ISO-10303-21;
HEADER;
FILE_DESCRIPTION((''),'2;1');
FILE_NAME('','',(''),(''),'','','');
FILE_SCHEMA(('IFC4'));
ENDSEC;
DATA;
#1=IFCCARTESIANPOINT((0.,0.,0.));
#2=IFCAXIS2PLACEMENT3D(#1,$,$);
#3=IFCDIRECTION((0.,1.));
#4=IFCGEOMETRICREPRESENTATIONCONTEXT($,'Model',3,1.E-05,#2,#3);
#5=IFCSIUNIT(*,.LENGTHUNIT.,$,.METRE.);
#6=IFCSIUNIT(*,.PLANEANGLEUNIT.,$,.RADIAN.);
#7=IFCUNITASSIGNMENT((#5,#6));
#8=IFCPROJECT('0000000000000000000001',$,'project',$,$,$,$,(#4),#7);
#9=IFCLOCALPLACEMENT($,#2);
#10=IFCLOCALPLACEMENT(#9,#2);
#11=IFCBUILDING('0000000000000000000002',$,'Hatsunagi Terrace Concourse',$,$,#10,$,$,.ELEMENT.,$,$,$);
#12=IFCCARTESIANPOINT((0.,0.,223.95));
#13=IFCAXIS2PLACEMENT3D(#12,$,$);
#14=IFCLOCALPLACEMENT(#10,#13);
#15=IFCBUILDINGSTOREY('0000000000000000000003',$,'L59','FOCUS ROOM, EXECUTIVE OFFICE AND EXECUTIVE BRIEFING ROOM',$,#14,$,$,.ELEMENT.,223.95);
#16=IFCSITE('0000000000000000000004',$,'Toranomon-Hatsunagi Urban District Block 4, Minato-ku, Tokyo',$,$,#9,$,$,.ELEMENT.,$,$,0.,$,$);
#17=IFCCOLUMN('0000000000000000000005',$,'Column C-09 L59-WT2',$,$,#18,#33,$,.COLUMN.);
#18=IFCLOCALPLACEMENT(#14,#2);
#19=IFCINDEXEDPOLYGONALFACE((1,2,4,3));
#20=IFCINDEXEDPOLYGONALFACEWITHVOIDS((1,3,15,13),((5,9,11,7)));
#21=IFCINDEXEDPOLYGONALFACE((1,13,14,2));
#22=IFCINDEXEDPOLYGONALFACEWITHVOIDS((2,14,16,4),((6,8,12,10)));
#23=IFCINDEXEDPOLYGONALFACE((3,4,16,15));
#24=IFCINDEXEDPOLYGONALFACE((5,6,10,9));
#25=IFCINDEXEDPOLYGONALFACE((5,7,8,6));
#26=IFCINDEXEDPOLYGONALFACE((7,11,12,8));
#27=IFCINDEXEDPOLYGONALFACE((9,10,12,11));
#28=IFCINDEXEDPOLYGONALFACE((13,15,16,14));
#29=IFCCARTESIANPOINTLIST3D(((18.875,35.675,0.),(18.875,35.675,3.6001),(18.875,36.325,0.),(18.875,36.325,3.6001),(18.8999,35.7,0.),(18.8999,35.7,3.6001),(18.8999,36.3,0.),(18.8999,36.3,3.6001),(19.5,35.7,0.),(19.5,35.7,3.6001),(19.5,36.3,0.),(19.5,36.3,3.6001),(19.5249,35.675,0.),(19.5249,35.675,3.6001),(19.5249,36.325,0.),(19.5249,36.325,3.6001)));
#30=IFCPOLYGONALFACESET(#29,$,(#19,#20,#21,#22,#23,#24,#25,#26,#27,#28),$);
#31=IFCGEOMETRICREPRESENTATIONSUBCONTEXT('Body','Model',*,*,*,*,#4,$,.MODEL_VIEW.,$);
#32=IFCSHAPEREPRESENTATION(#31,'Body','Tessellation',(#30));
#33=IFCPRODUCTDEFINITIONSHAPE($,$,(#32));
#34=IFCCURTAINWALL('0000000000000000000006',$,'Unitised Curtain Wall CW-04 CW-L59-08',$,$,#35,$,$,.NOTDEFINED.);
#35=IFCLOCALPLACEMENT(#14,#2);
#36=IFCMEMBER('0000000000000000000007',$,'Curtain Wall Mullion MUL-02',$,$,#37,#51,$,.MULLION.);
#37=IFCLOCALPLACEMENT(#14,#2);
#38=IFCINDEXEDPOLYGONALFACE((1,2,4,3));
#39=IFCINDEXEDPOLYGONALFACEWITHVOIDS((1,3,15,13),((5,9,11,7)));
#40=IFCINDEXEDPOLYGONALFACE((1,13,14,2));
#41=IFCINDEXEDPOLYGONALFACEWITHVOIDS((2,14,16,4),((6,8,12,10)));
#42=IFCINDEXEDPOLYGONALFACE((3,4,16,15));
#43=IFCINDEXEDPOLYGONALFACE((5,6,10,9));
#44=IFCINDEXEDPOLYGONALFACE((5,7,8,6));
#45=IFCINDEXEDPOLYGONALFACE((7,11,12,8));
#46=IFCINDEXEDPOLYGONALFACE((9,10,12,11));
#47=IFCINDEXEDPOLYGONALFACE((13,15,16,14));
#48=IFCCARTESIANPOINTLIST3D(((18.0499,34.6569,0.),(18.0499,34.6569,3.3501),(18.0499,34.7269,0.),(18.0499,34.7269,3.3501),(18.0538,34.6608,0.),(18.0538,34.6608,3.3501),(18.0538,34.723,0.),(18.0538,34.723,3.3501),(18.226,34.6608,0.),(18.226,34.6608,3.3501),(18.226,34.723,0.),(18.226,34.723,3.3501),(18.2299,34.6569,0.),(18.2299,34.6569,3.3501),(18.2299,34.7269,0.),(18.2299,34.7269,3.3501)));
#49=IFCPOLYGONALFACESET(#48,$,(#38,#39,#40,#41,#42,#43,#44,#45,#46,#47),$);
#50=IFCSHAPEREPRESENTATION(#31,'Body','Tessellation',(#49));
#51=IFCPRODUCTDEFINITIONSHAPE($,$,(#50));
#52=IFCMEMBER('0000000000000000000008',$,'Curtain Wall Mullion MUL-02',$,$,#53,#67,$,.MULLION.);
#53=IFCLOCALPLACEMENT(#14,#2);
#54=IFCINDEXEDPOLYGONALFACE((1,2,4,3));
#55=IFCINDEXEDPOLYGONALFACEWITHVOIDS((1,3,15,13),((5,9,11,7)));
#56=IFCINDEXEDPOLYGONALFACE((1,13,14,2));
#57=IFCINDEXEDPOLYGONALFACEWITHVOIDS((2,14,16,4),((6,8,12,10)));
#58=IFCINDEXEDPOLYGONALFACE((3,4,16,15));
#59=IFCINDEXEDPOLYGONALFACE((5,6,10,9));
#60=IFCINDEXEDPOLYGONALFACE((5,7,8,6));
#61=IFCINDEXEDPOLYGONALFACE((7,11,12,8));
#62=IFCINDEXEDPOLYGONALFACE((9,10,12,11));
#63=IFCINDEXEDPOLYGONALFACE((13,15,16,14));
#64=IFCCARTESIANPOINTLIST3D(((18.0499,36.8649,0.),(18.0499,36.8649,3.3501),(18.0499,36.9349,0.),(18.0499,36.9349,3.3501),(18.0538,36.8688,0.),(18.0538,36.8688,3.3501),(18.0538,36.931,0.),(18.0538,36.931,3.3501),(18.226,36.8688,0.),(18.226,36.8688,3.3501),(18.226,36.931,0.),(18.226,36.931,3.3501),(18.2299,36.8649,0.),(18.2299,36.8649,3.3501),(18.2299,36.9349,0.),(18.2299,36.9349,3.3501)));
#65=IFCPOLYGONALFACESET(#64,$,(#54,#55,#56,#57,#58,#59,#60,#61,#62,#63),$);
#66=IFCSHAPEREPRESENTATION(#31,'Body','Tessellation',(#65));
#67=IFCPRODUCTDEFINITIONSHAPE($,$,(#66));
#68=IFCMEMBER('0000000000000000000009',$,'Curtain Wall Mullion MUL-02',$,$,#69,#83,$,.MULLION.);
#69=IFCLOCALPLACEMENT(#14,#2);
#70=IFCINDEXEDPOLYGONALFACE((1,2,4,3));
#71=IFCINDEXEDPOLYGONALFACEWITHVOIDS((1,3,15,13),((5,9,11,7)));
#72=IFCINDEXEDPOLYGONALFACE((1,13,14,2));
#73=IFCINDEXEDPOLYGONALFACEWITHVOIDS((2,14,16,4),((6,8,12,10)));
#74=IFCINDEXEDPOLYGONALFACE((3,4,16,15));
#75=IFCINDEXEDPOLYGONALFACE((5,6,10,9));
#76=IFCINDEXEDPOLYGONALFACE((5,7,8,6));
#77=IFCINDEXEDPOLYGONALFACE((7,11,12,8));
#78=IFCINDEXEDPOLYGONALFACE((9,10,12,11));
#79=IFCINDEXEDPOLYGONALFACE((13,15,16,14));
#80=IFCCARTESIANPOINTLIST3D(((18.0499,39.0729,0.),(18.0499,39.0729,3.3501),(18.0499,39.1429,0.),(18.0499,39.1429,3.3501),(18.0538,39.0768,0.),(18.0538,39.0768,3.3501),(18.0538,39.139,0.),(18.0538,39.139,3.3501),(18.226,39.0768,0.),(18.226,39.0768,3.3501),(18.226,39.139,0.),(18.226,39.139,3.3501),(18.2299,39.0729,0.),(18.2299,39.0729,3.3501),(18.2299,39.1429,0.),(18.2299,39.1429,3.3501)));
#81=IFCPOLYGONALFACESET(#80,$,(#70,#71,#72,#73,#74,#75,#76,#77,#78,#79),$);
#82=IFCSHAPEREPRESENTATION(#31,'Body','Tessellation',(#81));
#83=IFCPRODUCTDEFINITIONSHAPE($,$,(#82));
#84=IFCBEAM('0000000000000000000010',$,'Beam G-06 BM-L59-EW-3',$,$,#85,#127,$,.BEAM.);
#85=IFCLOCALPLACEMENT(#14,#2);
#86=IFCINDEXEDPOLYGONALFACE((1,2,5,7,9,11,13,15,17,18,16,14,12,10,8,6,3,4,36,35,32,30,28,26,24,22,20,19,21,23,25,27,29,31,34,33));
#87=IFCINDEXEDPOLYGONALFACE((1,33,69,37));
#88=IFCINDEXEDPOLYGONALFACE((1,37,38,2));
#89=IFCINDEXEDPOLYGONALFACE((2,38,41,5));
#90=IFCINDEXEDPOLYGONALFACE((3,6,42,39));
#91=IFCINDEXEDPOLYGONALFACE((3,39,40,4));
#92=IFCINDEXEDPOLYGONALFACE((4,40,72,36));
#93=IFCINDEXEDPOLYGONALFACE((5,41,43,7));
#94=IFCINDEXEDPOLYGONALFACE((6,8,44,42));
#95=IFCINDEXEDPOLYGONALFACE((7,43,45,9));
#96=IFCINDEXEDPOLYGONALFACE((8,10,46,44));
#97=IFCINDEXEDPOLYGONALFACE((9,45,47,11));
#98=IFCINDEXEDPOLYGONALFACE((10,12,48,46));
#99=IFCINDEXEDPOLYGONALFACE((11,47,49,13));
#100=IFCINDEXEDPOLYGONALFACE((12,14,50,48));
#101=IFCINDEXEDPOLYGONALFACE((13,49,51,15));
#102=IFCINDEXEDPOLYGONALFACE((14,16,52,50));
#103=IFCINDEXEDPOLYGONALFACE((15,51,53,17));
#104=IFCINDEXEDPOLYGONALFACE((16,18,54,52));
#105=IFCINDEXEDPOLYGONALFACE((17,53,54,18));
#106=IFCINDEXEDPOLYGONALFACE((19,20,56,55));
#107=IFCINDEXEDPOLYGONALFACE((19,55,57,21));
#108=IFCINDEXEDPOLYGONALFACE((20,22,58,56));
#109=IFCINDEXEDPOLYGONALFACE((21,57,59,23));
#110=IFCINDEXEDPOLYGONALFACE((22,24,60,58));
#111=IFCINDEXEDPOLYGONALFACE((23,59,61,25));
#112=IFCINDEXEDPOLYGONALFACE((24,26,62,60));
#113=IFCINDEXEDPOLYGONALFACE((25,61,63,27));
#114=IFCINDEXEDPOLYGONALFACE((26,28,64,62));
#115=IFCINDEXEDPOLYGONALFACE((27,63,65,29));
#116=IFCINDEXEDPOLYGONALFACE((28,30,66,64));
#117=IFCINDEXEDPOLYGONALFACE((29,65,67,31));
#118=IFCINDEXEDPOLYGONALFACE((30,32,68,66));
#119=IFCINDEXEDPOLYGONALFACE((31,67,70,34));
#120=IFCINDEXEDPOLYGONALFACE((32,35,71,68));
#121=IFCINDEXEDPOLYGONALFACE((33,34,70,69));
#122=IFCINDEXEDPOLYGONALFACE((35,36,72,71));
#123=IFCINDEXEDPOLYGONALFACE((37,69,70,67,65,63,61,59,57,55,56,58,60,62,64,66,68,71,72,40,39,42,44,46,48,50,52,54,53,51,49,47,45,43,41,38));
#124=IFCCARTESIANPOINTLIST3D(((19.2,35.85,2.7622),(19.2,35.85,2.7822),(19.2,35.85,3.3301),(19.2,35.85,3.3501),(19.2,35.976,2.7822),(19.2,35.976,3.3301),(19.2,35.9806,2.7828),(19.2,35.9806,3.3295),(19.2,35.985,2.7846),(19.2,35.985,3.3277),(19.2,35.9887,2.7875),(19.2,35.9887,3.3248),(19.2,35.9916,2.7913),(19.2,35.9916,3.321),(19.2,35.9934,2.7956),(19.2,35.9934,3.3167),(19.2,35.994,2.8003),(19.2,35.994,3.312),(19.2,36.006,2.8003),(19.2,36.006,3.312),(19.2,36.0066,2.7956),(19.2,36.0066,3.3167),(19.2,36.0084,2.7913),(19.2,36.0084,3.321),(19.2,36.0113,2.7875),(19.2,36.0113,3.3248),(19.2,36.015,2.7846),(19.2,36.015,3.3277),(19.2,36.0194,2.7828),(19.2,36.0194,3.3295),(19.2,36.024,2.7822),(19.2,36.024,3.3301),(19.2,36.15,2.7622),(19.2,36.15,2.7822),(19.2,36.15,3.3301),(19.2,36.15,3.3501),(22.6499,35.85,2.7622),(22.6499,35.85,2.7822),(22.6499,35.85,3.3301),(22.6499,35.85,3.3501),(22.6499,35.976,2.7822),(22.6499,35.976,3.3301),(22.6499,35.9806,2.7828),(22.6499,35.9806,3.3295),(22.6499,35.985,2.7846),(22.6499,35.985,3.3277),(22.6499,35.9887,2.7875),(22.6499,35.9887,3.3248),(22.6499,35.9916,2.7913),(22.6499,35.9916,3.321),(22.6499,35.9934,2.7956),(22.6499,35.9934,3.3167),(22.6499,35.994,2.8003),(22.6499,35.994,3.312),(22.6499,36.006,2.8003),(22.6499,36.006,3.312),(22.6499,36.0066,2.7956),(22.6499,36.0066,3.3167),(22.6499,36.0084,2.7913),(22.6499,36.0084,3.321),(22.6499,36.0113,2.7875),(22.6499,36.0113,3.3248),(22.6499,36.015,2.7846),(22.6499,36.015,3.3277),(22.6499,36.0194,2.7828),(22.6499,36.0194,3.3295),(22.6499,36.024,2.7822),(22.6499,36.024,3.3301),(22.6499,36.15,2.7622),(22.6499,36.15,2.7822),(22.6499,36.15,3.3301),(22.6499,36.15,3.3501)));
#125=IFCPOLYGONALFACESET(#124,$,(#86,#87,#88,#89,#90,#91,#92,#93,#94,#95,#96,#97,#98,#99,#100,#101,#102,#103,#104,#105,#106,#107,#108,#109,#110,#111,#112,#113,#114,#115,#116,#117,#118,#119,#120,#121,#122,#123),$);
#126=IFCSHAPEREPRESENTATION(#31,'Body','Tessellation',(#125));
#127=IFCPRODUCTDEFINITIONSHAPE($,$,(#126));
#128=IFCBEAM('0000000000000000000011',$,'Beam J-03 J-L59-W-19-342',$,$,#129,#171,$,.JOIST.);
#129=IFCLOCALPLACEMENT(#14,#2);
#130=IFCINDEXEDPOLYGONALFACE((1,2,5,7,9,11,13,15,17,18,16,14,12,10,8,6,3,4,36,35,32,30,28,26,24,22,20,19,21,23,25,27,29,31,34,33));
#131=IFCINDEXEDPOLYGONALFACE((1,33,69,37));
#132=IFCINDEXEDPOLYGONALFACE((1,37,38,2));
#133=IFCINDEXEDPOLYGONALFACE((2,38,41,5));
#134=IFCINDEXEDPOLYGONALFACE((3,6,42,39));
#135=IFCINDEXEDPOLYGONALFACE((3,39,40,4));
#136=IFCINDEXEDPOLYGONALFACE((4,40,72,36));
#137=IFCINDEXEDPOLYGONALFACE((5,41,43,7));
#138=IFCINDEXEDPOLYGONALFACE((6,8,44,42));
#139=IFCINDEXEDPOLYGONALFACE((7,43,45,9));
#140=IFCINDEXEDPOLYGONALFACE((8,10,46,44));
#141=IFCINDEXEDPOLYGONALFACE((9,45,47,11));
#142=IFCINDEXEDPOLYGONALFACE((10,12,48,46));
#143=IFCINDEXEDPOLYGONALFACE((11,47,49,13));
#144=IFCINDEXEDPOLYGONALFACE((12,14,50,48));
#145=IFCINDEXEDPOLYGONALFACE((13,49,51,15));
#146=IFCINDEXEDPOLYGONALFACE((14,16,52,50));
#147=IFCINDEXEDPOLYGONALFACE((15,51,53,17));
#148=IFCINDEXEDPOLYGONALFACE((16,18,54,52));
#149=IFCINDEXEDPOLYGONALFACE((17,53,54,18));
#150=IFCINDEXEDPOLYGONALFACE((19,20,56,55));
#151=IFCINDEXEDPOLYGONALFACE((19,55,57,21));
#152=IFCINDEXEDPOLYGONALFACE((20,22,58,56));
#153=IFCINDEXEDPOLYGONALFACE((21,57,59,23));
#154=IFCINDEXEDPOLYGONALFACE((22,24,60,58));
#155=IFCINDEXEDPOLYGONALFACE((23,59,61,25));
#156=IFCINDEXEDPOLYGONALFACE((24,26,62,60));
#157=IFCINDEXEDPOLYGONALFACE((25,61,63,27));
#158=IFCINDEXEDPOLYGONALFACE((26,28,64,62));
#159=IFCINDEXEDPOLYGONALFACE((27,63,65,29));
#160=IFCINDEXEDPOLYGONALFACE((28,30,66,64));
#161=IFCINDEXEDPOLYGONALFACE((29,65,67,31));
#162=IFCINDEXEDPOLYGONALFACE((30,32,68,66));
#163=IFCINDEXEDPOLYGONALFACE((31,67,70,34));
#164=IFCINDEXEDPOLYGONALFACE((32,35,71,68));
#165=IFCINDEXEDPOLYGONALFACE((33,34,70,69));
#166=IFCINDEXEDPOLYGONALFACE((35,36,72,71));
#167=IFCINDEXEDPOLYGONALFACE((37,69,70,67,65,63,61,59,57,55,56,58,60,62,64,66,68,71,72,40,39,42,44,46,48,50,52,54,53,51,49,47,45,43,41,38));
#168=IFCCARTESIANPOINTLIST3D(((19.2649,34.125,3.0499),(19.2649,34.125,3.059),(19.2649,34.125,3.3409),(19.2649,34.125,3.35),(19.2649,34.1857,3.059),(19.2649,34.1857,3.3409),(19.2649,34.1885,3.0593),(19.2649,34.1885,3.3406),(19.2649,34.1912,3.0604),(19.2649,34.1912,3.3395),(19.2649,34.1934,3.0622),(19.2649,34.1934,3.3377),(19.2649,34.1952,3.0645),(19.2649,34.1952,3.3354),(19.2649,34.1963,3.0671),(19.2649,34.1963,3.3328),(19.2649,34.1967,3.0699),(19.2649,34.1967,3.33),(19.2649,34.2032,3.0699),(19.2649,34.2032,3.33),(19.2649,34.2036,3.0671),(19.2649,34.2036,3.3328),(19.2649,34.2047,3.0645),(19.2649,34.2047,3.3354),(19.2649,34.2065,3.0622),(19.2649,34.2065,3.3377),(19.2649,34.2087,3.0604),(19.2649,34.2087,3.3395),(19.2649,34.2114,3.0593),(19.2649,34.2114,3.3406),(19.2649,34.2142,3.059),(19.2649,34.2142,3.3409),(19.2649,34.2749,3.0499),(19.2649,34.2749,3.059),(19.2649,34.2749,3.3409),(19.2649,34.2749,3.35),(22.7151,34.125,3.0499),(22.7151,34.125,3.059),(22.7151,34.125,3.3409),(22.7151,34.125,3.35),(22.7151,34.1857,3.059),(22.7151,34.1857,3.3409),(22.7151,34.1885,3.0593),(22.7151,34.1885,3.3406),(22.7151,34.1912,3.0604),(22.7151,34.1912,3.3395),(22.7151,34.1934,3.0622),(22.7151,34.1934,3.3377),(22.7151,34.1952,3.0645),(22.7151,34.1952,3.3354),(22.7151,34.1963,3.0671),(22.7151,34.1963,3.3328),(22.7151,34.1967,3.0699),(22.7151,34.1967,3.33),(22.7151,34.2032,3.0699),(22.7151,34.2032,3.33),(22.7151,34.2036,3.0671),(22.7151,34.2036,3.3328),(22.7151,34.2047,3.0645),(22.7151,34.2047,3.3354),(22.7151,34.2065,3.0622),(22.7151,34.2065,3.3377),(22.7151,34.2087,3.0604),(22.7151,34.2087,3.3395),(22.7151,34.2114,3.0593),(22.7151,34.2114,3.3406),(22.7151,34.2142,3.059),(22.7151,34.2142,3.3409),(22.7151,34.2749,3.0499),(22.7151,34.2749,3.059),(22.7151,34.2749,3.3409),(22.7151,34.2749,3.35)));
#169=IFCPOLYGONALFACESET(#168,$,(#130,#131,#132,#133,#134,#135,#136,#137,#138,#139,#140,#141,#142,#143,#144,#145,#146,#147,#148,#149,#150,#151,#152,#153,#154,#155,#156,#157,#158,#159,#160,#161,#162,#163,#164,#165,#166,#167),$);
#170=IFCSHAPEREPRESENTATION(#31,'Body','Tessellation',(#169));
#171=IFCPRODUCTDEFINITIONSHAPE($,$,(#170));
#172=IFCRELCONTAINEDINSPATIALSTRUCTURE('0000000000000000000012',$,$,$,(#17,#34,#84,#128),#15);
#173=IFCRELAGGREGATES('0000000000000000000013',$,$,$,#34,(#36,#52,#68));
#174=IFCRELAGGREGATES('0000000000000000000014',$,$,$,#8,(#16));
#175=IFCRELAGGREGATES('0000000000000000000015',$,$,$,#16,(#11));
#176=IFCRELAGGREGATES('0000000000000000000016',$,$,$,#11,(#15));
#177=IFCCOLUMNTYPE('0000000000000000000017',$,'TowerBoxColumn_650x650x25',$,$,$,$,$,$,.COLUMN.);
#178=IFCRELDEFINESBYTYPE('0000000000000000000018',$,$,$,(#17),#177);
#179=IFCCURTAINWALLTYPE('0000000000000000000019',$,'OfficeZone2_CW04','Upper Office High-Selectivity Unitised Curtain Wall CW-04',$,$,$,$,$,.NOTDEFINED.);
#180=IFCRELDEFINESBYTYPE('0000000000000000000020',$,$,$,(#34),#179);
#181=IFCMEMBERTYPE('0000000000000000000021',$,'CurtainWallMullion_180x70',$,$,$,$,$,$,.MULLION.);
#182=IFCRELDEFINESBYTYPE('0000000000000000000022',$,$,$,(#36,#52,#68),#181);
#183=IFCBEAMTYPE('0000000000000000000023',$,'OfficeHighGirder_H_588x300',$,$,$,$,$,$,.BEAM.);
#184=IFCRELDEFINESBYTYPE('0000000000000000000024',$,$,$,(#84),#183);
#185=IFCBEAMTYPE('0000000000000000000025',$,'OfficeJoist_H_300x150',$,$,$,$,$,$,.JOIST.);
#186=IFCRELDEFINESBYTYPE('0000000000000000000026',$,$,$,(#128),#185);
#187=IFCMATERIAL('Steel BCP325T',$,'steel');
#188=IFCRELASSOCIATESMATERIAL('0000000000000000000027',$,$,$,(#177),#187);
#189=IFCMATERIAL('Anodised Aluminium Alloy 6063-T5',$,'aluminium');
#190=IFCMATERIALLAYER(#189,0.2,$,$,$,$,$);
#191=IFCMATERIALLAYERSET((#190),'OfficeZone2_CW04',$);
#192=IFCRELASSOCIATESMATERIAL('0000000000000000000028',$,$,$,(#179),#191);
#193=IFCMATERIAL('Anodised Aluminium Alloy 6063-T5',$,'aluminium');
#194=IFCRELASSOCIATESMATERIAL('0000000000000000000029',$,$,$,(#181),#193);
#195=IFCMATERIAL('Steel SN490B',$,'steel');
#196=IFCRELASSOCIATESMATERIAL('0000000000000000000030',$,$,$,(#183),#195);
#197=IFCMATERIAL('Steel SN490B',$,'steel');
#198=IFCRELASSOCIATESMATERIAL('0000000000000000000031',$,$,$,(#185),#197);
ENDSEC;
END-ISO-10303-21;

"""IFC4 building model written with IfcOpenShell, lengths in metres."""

from ifc_helpers import new_model, si_unit, direction, frame, origin, origin_2d, place, context, subcontext, project, spatial, hollow_rectangle, i_section, extrude, material, layer, layer_set, material_profile, profile_set, type_object, element, aggregate, save


model = new_model("IFC4")

# Units and contexts
model_context = context("Model", 3, precision=1e-05, world=origin(), true_north=direction((0.0, 1.0)))
body_context = subcontext(model_context, "Body", "Model", "MODEL_VIEW")
ifc_project = project(units=[si_unit("LENGTHUNIT", "METRE"), si_unit("PLANEANGLEUNIT", "RADIAN")], contexts=[model_context])

# Site, building, storey
site_placement = place(None, origin())
site = spatial("IfcSite", under=ifc_project, at=site_placement, Name="Toranomon-Hatsunagi Urban District Block 4, Minato-ku, Tokyo", CompositionType="ELEMENT", RefElevation=0.0)
building_placement = place(site_placement, origin())
building = spatial("IfcBuilding", under=site, at=building_placement, Name="Hatsunagi Terrace Concourse", CompositionType="ELEMENT")
storey_placement = place(building_placement, frame((0.0, 0.0, 223.95)))
storey = spatial("IfcBuildingStorey", under=building, at=storey_placement, Name="L59", Description="FOCUS ROOM, EXECUTIVE OFFICE AND EXECUTIVE BRIEFING ROOM", CompositionType="ELEMENT", Elevation=223.95)

# Column
ifc_material_1 = material(Name="Steel BCP325T", Category="steel")
ifc_material_profile_1 = material_profile(ifc_material_1, hollow_rectangle(XDim=0.6499, YDim=0.6499, WallThickness=0.0249, at=origin_2d()), Name="BCP-650x650x25")
ifc_profile_set_1 = profile_set([ifc_material_profile_1], Name="Steel BCP325T")
column_type = type_object("IfcColumnType", Name="TowerBoxColumn_650x650x25", PredefinedType="COLUMN", material=ifc_profile_set_1)
column_placement = place(storey_placement, frame((19.2, 36.0, 0.0), z_axis=(0.0, 0.0, 1.0), x_axis=(1.0, 0.0, 0.0)))
element("IfcColumn", 1, at=column_placement, inside=storey, type_object=column_type, Name="Column C-09 L59-WT2", PredefinedType="COLUMN", context=body_context, shape_type="SweptSolid", body=[
    extrude(hollow_rectangle(XDim=0.6499, YDim=0.6499, WallThickness=0.0249, at=origin_2d()), origin(), (0.0, 0.0, 1.0), 3.6001),
])

# Curtain wall, members
ifc_material_2 = material(Name="Anodised Aluminium Alloy 6063-T5", Category="aluminium")
ifc_layer_1 = layer(ifc_material_2, 0.2)
ifc_layer_set_1 = layer_set([ifc_layer_1], Name="OfficeZone2_CW04")
curtain_wall_type = type_object("IfcCurtainWallType", Name="OfficeZone2_CW04", Description="Upper Office High-Selectivity Unitised Curtain Wall CW-04", PredefinedType="NOTDEFINED", material=ifc_layer_set_1)
curtain_wall_placement = place(storey_placement, origin())
curtain_wall = element("IfcCurtainWall", 2, at=curtain_wall_placement, inside=storey, type_object=curtain_wall_type, Name="Unitised Curtain Wall CW-04 CW-L59-08", PredefinedType="NOTDEFINED")
ifc_material_3 = material(Name="Anodised Aluminium Alloy 6063-T5", Category="aluminium")
ifc_material_profile_2 = material_profile(ifc_material_3, hollow_rectangle(XDim=0.0701, YDim=0.1799, WallThickness=0.0039, at=origin_2d()), Name="ALU-MUL-180x70x4")
ifc_profile_set_2 = profile_set([ifc_material_profile_2], Name="Anodised Aluminium Alloy 6063-T5")
member_type = type_object("IfcMemberType", Name="CurtainWallMullion_180x70", PredefinedType="MULLION", material=ifc_profile_set_2)
member_1_placement = place(storey_placement, frame((18.1399, 34.6919, 0.0), z_axis=(0.0, 0.0, 1.0), x_axis=(0.0, 1.0, 0.0)))
member_1 = element("IfcMember", 3, at=member_1_placement, type_object=member_type, Name="Curtain Wall Mullion MUL-02", PredefinedType="MULLION", context=body_context, shape_type="SweptSolid", body=[
    extrude(hollow_rectangle(XDim=0.0701, YDim=0.1799, WallThickness=0.0039, at=origin_2d()), origin(), (0.0, 0.0, 1.0), 3.3501),
])
member_2_placement = place(storey_placement, frame((18.1399, 36.8999, 0.0), z_axis=(0.0, 0.0, 1.0), x_axis=(0.0, 1.0, 0.0)))
member_2 = element("IfcMember", 4, at=member_2_placement, type_object=member_type, Name="Curtain Wall Mullion MUL-02", PredefinedType="MULLION", context=body_context, shape_type="SweptSolid", body=[
    extrude(hollow_rectangle(XDim=0.0701, YDim=0.1799, WallThickness=0.0039, at=origin_2d()), origin(), (0.0, 0.0, 1.0), 3.3501),
])
member_3_placement = place(storey_placement, frame((18.1399, 39.1079, 0.0), z_axis=(0.0, 0.0, 1.0), x_axis=(0.0, 1.0, 0.0)))
member_3 = element("IfcMember", 5, at=member_3_placement, type_object=member_type, Name="Curtain Wall Mullion MUL-02", PredefinedType="MULLION", context=body_context, shape_type="SweptSolid", body=[
    extrude(hollow_rectangle(XDim=0.0701, YDim=0.1799, WallThickness=0.0039, at=origin_2d()), origin(), (0.0, 0.0, 1.0), 3.3501),
])

# Beams
ifc_material_4 = material(Name="Steel SN490B", Category="steel")
ifc_material_profile_3 = material_profile(ifc_material_4, i_section(OverallWidth=0.3, OverallDepth=0.5879, WebThickness=0.012, FlangeThickness=0.02, FilletRadius=0.0181, at=origin_2d()), Name="H-588x300x12x20")
ifc_profile_set_3 = profile_set([ifc_material_profile_3], Name="Steel SN490B")
beam_type_1 = type_object("IfcBeamType", Name="OfficeHighGirder_H_588x300", PredefinedType="BEAM", material=ifc_profile_set_3)
beam_1_placement = place(storey_placement, frame((19.2, 36.0, 3.0562), z_axis=(1.0, 0.0, 0.0), x_axis=(0.0, 1.0, 0.0)))
element("IfcBeam", 6, at=beam_1_placement, inside=storey, type_object=beam_type_1, Name="Beam G-06 BM-L59-EW-3", PredefinedType="BEAM", context=body_context, shape_type="SweptSolid", body=[
    extrude(i_section(OverallWidth=0.3, OverallDepth=0.5879, WebThickness=0.012, FlangeThickness=0.02, FilletRadius=0.0181, at=origin_2d()), origin(), (0.0, 0.0, 1.0), 3.45),
])
ifc_material_5 = material(Name="Steel SN490B", Category="steel")
ifc_material_profile_4 = material_profile(ifc_material_5, i_section(OverallWidth=0.1499, OverallDepth=0.3, WebThickness=0.0066, FlangeThickness=0.009, FilletRadius=0.011, at=origin_2d()), Name="H-300x150x6.5x9")
ifc_profile_set_4 = profile_set([ifc_material_profile_4], Name="Steel SN490B")
beam_type_2 = type_object("IfcBeamType", Name="OfficeJoist_H_300x150", PredefinedType="JOIST", material=ifc_profile_set_4)
for number, where, z_axis, x_axis, name in (
    (7, (19.2649, 34.2, 3.2), (1.0, 0.0, 0.0), (0.0, 1.0, 0.0), "Beam J-03 J-L59-W-19-342"),
):
    element("IfcBeam", number, at=place(storey_placement, frame(where, z_axis=z_axis, x_axis=x_axis)), inside=storey, type_object=beam_type_2, Name=name, PredefinedType="JOIST", context=body_context, shape_type="SweptSolid", body=[
        extrude(i_section(OverallWidth=0.1499, OverallDepth=0.3, WebThickness=0.0066, FlangeThickness=0.009, FilletRadius=0.011, at=origin_2d()), origin(), (0.0, 0.0, 1.0), 3.4502),
    ])

aggregate(curtain_wall, [member_1, member_2, member_3])

save(model, "model.ifc")
